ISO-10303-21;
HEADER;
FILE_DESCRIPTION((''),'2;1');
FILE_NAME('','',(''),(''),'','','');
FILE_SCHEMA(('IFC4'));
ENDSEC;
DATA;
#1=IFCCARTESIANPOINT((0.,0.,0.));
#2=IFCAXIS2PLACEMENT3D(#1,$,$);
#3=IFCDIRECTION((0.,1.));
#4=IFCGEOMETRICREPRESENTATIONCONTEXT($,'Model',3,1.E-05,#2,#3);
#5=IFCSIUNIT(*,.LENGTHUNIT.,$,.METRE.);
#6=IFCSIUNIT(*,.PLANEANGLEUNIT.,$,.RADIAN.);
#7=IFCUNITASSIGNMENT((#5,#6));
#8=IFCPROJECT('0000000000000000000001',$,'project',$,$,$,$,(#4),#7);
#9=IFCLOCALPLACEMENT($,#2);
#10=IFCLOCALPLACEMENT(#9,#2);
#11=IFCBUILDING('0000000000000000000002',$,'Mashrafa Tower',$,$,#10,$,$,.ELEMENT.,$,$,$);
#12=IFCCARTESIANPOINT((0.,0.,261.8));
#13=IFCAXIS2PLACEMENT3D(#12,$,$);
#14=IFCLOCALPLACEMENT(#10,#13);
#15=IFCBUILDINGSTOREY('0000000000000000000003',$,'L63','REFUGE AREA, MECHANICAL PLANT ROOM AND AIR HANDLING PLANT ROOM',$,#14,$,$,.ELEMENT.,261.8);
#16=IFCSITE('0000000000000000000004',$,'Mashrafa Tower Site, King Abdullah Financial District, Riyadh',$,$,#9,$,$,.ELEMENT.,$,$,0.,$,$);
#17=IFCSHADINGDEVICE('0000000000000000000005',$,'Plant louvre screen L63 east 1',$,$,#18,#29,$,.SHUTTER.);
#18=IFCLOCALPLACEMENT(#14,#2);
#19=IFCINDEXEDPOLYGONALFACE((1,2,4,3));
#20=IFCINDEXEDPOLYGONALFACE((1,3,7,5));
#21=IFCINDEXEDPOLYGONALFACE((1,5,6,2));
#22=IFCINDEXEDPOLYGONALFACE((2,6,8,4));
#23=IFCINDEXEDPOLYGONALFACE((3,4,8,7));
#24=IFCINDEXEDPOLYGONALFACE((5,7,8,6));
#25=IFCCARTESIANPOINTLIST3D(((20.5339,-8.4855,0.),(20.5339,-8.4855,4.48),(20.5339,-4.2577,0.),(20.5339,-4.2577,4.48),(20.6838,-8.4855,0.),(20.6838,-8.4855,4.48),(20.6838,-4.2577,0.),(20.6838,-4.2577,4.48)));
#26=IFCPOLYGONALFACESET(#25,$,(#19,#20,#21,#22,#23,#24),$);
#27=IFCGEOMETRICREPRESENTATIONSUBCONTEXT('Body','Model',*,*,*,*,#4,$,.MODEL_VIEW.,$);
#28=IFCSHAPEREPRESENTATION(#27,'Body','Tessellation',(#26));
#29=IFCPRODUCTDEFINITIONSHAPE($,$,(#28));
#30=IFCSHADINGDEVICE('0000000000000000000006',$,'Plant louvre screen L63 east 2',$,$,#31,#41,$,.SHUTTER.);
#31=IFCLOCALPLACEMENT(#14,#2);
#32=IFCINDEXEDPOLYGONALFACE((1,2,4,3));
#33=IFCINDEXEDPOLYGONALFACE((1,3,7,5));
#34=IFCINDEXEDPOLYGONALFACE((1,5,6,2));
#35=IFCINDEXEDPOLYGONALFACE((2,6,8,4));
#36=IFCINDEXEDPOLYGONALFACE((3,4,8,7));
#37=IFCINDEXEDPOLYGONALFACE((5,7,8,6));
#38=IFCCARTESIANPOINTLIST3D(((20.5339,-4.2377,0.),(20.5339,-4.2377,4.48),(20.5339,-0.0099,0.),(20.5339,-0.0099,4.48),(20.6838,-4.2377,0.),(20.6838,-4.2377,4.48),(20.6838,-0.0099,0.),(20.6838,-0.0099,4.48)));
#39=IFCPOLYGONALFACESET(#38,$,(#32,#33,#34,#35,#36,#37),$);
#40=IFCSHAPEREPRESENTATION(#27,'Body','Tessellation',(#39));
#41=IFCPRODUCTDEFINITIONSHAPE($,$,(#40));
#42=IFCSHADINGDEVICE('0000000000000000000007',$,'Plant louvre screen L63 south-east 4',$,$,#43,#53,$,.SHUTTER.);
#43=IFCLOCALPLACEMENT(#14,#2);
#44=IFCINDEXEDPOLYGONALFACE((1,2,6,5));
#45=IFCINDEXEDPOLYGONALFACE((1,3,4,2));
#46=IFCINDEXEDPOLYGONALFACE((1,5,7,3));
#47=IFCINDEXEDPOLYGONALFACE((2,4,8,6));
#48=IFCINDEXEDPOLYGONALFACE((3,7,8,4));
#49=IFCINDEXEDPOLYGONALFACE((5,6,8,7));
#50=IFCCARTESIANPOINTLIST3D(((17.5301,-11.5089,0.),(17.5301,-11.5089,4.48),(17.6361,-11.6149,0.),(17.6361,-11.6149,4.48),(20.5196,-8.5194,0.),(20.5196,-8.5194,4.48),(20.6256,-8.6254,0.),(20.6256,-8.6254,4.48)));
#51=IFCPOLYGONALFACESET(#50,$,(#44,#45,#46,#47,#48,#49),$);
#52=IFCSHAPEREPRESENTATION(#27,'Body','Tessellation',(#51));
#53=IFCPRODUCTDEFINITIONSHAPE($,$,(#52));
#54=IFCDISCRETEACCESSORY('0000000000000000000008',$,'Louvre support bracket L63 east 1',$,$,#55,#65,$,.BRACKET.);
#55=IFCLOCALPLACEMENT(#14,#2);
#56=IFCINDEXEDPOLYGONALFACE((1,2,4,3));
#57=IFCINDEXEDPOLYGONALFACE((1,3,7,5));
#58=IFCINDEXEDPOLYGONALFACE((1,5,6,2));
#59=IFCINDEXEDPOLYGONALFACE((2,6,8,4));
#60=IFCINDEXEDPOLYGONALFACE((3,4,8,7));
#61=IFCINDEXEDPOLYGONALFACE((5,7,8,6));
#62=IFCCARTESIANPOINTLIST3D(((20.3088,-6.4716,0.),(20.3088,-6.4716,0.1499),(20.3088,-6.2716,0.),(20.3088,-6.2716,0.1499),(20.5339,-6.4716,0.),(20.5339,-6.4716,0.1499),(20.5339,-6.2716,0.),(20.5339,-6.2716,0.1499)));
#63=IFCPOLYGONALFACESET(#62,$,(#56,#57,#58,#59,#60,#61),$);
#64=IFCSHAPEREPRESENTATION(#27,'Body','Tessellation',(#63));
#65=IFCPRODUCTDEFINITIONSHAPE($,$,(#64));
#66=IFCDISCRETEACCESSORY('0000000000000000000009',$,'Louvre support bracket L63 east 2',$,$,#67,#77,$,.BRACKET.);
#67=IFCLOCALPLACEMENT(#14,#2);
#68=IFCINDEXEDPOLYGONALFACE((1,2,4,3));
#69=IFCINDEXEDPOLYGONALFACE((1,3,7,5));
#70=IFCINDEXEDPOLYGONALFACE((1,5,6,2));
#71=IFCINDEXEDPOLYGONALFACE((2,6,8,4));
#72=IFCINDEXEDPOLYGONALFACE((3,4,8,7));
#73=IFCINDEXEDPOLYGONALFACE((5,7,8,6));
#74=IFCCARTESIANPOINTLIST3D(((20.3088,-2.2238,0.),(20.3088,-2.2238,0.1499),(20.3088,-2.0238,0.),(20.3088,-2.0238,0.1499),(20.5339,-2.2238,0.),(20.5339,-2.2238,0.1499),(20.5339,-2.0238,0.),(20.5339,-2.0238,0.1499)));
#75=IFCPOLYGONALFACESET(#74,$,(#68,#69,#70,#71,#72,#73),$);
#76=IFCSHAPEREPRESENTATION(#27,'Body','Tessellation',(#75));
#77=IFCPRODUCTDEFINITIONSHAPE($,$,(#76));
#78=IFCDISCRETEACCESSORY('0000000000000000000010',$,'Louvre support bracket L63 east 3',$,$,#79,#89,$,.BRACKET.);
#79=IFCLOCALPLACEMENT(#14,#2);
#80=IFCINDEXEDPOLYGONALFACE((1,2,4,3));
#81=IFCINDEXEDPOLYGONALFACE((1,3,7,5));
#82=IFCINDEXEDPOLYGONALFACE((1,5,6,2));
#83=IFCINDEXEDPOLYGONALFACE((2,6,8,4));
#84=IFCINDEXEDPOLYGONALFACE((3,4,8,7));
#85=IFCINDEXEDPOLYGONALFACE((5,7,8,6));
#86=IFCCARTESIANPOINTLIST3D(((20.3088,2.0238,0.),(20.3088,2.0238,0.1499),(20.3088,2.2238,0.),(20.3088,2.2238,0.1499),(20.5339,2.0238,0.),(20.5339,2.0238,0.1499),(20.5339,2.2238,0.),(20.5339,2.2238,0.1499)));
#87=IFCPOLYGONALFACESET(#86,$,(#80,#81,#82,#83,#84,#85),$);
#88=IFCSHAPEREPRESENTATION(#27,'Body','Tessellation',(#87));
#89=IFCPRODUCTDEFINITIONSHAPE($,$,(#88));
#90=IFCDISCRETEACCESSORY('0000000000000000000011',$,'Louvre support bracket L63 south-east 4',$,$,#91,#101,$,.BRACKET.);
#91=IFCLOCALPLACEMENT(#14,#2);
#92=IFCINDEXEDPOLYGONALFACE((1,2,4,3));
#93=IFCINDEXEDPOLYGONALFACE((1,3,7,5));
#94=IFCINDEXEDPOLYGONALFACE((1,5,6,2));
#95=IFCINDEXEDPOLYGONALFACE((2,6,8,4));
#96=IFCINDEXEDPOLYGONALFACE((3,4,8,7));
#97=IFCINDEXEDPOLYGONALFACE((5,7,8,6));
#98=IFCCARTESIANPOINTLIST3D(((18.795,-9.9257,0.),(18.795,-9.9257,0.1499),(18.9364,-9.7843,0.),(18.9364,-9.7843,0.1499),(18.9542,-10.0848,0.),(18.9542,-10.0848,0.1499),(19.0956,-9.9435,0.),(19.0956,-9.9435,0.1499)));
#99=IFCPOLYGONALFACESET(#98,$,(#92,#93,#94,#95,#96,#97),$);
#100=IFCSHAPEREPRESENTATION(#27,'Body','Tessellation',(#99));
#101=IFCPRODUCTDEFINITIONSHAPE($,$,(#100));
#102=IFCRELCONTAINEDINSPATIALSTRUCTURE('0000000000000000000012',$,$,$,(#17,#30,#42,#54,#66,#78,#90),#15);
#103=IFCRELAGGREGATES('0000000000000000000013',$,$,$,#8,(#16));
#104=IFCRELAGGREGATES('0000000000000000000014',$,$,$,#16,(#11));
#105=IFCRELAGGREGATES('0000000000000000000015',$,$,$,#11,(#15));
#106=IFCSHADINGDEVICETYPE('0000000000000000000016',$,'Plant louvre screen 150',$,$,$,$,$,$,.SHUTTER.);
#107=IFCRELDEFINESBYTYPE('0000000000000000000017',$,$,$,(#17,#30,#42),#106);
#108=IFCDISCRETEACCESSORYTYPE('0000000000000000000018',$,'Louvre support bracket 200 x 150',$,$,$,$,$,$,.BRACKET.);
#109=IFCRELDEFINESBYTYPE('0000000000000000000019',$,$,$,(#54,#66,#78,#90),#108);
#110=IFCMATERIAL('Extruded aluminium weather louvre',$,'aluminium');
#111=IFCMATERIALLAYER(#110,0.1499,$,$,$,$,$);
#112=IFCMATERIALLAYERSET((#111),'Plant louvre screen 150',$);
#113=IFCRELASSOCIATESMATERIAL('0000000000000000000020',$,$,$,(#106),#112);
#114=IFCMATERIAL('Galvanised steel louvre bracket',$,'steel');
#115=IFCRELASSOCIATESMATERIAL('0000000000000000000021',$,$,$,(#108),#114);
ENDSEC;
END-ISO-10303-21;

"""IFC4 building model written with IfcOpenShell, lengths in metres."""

from ifc_helpers import new_model, si_unit, direction, frame, origin, origin_2d, place, context, subcontext, project, spatial, rectangle, extrude, source, transform, mapped, material, layer, layer_set, type_object, type_shapes, element, save


model = new_model("IFC4")

# Units and contexts
model_context = context("Model", 3, precision=1e-05, world=origin(), true_north=direction((0.0, 1.0)))
body_context = subcontext(model_context, "Body", "Model", "MODEL_VIEW")
ifc_project = project(units=[si_unit("LENGTHUNIT", "METRE"), si_unit("PLANEANGLEUNIT", "RADIAN")], contexts=[model_context])

# Site, building, storey
site_placement = place(None, origin())
site = spatial("IfcSite", under=ifc_project, at=site_placement, Name="Mashrafa Tower Site, King Abdullah Financial District, Riyadh", CompositionType="ELEMENT", RefElevation=0.0)
building_placement = place(site_placement, origin())
building = spatial("IfcBuilding", under=site, at=building_placement, Name="Mashrafa Tower", CompositionType="ELEMENT")
storey_placement = place(building_placement, frame((0.0, 0.0, 261.8)))
storey = spatial("IfcBuildingStorey", under=building, at=storey_placement, Name="L63", Description="REFUGE AREA, MECHANICAL PLANT ROOM AND AIR HANDLING PLANT ROOM", CompositionType="ELEMENT", Elevation=261.8)

# Shading devices
ifc_material_1 = material(Name="Extruded aluminium weather louvre", Category="aluminium")
ifc_layer_1 = layer(ifc_material_1, 0.1499)
ifc_layer_set_1 = layer_set([ifc_layer_1], Name="Plant louvre screen 150")
shading_device_type = type_object("IfcShadingDeviceType", Name="Plant louvre screen 150", PredefinedType="SHUTTER", material=ifc_layer_set_1)
shared_shape_1 = source(origin(), body_context, "Body", "SweptSolid", [
    extrude(rectangle(XDim=4.2278, YDim=0.1499, at=origin_2d()), origin(), (0.0, 0.0, 1.0), 4.48),
])
type_shapes(shading_device_type, [shared_shape_1])
for number, where, z_axis, x_axis, name in (
    (1, (20.6089, -6.3716, 0.0), (0.0, 0.0, 1.0), (0.0, 1.0, 0.0), "Plant louvre screen L63 east 1"),
    (2, (20.6089, -2.1238, 0.0), (0.0, 0.0, 1.0), (0.0, 1.0, 0.0), "Plant louvre screen L63 east 2"),
    (3, (19.0779, -10.0671, 0.0), (0.0, 0.0, 1.0), (0.707107, 0.707107, 0.0), "Plant louvre screen L63 south-east 4"),
):
    element("IfcShadingDevice", number, at=place(storey_placement, frame(where, z_axis=z_axis, x_axis=x_axis)), inside=storey, type_object=shading_device_type, Name=name, PredefinedType="SHUTTER", context=body_context, shape_type="MappedRepresentation", body=[
        mapped(shared_shape_1, transform((0.0, 0.0, 0.0))),
    ])

# Discrete accessories
ifc_material_2 = material(Name="Galvanised steel louvre bracket", Category="steel")
discrete_accessory_type = type_object("IfcDiscreteAccessoryType", Name="Louvre support bracket 200 x 150", PredefinedType="BRACKET", material=ifc_material_2)
shared_shape_2 = source(origin(), body_context, "Body", "SweptSolid", [
    extrude(rectangle(XDim=0.2, YDim=0.2251, at=origin_2d()), origin(), (0.0, 0.0, 1.0), 0.1499),
])
type_shapes(discrete_accessory_type, [shared_shape_2])
for number, where, z_axis, x_axis, name in (
    (4, (20.4214, -6.3716, 0.0), (0.0, 0.0, 1.0), (0.0, 1.0, 0.0), "Louvre support bracket L63 east 1"),
    (5, (20.4214, -2.1238, 0.0), (0.0, 0.0, 1.0), (0.0, 1.0, 0.0), "Louvre support bracket L63 east 2"),
    (6, (20.4214, 2.1238, 0.0), (0.0, 0.0, 1.0), (0.0, 1.0, 0.0), "Louvre support bracket L63 east 3"),
    (7, (18.9453, -9.9346, 0.0), (0.0, 0.0, 1.0), (0.707107, 0.707107, 0.0), "Louvre support bracket L63 south-east 4"),
):
    element("IfcDiscreteAccessory", number, at=place(storey_placement, frame(where, z_axis=z_axis, x_axis=x_axis)), inside=storey, type_object=discrete_accessory_type, Name=name, PredefinedType="BRACKET", context=body_context, shape_type="MappedRepresentation", body=[
        mapped(shared_shape_2, transform((0.0, 0.0, 0.0))),
    ])

save(model, "model.ifc")
